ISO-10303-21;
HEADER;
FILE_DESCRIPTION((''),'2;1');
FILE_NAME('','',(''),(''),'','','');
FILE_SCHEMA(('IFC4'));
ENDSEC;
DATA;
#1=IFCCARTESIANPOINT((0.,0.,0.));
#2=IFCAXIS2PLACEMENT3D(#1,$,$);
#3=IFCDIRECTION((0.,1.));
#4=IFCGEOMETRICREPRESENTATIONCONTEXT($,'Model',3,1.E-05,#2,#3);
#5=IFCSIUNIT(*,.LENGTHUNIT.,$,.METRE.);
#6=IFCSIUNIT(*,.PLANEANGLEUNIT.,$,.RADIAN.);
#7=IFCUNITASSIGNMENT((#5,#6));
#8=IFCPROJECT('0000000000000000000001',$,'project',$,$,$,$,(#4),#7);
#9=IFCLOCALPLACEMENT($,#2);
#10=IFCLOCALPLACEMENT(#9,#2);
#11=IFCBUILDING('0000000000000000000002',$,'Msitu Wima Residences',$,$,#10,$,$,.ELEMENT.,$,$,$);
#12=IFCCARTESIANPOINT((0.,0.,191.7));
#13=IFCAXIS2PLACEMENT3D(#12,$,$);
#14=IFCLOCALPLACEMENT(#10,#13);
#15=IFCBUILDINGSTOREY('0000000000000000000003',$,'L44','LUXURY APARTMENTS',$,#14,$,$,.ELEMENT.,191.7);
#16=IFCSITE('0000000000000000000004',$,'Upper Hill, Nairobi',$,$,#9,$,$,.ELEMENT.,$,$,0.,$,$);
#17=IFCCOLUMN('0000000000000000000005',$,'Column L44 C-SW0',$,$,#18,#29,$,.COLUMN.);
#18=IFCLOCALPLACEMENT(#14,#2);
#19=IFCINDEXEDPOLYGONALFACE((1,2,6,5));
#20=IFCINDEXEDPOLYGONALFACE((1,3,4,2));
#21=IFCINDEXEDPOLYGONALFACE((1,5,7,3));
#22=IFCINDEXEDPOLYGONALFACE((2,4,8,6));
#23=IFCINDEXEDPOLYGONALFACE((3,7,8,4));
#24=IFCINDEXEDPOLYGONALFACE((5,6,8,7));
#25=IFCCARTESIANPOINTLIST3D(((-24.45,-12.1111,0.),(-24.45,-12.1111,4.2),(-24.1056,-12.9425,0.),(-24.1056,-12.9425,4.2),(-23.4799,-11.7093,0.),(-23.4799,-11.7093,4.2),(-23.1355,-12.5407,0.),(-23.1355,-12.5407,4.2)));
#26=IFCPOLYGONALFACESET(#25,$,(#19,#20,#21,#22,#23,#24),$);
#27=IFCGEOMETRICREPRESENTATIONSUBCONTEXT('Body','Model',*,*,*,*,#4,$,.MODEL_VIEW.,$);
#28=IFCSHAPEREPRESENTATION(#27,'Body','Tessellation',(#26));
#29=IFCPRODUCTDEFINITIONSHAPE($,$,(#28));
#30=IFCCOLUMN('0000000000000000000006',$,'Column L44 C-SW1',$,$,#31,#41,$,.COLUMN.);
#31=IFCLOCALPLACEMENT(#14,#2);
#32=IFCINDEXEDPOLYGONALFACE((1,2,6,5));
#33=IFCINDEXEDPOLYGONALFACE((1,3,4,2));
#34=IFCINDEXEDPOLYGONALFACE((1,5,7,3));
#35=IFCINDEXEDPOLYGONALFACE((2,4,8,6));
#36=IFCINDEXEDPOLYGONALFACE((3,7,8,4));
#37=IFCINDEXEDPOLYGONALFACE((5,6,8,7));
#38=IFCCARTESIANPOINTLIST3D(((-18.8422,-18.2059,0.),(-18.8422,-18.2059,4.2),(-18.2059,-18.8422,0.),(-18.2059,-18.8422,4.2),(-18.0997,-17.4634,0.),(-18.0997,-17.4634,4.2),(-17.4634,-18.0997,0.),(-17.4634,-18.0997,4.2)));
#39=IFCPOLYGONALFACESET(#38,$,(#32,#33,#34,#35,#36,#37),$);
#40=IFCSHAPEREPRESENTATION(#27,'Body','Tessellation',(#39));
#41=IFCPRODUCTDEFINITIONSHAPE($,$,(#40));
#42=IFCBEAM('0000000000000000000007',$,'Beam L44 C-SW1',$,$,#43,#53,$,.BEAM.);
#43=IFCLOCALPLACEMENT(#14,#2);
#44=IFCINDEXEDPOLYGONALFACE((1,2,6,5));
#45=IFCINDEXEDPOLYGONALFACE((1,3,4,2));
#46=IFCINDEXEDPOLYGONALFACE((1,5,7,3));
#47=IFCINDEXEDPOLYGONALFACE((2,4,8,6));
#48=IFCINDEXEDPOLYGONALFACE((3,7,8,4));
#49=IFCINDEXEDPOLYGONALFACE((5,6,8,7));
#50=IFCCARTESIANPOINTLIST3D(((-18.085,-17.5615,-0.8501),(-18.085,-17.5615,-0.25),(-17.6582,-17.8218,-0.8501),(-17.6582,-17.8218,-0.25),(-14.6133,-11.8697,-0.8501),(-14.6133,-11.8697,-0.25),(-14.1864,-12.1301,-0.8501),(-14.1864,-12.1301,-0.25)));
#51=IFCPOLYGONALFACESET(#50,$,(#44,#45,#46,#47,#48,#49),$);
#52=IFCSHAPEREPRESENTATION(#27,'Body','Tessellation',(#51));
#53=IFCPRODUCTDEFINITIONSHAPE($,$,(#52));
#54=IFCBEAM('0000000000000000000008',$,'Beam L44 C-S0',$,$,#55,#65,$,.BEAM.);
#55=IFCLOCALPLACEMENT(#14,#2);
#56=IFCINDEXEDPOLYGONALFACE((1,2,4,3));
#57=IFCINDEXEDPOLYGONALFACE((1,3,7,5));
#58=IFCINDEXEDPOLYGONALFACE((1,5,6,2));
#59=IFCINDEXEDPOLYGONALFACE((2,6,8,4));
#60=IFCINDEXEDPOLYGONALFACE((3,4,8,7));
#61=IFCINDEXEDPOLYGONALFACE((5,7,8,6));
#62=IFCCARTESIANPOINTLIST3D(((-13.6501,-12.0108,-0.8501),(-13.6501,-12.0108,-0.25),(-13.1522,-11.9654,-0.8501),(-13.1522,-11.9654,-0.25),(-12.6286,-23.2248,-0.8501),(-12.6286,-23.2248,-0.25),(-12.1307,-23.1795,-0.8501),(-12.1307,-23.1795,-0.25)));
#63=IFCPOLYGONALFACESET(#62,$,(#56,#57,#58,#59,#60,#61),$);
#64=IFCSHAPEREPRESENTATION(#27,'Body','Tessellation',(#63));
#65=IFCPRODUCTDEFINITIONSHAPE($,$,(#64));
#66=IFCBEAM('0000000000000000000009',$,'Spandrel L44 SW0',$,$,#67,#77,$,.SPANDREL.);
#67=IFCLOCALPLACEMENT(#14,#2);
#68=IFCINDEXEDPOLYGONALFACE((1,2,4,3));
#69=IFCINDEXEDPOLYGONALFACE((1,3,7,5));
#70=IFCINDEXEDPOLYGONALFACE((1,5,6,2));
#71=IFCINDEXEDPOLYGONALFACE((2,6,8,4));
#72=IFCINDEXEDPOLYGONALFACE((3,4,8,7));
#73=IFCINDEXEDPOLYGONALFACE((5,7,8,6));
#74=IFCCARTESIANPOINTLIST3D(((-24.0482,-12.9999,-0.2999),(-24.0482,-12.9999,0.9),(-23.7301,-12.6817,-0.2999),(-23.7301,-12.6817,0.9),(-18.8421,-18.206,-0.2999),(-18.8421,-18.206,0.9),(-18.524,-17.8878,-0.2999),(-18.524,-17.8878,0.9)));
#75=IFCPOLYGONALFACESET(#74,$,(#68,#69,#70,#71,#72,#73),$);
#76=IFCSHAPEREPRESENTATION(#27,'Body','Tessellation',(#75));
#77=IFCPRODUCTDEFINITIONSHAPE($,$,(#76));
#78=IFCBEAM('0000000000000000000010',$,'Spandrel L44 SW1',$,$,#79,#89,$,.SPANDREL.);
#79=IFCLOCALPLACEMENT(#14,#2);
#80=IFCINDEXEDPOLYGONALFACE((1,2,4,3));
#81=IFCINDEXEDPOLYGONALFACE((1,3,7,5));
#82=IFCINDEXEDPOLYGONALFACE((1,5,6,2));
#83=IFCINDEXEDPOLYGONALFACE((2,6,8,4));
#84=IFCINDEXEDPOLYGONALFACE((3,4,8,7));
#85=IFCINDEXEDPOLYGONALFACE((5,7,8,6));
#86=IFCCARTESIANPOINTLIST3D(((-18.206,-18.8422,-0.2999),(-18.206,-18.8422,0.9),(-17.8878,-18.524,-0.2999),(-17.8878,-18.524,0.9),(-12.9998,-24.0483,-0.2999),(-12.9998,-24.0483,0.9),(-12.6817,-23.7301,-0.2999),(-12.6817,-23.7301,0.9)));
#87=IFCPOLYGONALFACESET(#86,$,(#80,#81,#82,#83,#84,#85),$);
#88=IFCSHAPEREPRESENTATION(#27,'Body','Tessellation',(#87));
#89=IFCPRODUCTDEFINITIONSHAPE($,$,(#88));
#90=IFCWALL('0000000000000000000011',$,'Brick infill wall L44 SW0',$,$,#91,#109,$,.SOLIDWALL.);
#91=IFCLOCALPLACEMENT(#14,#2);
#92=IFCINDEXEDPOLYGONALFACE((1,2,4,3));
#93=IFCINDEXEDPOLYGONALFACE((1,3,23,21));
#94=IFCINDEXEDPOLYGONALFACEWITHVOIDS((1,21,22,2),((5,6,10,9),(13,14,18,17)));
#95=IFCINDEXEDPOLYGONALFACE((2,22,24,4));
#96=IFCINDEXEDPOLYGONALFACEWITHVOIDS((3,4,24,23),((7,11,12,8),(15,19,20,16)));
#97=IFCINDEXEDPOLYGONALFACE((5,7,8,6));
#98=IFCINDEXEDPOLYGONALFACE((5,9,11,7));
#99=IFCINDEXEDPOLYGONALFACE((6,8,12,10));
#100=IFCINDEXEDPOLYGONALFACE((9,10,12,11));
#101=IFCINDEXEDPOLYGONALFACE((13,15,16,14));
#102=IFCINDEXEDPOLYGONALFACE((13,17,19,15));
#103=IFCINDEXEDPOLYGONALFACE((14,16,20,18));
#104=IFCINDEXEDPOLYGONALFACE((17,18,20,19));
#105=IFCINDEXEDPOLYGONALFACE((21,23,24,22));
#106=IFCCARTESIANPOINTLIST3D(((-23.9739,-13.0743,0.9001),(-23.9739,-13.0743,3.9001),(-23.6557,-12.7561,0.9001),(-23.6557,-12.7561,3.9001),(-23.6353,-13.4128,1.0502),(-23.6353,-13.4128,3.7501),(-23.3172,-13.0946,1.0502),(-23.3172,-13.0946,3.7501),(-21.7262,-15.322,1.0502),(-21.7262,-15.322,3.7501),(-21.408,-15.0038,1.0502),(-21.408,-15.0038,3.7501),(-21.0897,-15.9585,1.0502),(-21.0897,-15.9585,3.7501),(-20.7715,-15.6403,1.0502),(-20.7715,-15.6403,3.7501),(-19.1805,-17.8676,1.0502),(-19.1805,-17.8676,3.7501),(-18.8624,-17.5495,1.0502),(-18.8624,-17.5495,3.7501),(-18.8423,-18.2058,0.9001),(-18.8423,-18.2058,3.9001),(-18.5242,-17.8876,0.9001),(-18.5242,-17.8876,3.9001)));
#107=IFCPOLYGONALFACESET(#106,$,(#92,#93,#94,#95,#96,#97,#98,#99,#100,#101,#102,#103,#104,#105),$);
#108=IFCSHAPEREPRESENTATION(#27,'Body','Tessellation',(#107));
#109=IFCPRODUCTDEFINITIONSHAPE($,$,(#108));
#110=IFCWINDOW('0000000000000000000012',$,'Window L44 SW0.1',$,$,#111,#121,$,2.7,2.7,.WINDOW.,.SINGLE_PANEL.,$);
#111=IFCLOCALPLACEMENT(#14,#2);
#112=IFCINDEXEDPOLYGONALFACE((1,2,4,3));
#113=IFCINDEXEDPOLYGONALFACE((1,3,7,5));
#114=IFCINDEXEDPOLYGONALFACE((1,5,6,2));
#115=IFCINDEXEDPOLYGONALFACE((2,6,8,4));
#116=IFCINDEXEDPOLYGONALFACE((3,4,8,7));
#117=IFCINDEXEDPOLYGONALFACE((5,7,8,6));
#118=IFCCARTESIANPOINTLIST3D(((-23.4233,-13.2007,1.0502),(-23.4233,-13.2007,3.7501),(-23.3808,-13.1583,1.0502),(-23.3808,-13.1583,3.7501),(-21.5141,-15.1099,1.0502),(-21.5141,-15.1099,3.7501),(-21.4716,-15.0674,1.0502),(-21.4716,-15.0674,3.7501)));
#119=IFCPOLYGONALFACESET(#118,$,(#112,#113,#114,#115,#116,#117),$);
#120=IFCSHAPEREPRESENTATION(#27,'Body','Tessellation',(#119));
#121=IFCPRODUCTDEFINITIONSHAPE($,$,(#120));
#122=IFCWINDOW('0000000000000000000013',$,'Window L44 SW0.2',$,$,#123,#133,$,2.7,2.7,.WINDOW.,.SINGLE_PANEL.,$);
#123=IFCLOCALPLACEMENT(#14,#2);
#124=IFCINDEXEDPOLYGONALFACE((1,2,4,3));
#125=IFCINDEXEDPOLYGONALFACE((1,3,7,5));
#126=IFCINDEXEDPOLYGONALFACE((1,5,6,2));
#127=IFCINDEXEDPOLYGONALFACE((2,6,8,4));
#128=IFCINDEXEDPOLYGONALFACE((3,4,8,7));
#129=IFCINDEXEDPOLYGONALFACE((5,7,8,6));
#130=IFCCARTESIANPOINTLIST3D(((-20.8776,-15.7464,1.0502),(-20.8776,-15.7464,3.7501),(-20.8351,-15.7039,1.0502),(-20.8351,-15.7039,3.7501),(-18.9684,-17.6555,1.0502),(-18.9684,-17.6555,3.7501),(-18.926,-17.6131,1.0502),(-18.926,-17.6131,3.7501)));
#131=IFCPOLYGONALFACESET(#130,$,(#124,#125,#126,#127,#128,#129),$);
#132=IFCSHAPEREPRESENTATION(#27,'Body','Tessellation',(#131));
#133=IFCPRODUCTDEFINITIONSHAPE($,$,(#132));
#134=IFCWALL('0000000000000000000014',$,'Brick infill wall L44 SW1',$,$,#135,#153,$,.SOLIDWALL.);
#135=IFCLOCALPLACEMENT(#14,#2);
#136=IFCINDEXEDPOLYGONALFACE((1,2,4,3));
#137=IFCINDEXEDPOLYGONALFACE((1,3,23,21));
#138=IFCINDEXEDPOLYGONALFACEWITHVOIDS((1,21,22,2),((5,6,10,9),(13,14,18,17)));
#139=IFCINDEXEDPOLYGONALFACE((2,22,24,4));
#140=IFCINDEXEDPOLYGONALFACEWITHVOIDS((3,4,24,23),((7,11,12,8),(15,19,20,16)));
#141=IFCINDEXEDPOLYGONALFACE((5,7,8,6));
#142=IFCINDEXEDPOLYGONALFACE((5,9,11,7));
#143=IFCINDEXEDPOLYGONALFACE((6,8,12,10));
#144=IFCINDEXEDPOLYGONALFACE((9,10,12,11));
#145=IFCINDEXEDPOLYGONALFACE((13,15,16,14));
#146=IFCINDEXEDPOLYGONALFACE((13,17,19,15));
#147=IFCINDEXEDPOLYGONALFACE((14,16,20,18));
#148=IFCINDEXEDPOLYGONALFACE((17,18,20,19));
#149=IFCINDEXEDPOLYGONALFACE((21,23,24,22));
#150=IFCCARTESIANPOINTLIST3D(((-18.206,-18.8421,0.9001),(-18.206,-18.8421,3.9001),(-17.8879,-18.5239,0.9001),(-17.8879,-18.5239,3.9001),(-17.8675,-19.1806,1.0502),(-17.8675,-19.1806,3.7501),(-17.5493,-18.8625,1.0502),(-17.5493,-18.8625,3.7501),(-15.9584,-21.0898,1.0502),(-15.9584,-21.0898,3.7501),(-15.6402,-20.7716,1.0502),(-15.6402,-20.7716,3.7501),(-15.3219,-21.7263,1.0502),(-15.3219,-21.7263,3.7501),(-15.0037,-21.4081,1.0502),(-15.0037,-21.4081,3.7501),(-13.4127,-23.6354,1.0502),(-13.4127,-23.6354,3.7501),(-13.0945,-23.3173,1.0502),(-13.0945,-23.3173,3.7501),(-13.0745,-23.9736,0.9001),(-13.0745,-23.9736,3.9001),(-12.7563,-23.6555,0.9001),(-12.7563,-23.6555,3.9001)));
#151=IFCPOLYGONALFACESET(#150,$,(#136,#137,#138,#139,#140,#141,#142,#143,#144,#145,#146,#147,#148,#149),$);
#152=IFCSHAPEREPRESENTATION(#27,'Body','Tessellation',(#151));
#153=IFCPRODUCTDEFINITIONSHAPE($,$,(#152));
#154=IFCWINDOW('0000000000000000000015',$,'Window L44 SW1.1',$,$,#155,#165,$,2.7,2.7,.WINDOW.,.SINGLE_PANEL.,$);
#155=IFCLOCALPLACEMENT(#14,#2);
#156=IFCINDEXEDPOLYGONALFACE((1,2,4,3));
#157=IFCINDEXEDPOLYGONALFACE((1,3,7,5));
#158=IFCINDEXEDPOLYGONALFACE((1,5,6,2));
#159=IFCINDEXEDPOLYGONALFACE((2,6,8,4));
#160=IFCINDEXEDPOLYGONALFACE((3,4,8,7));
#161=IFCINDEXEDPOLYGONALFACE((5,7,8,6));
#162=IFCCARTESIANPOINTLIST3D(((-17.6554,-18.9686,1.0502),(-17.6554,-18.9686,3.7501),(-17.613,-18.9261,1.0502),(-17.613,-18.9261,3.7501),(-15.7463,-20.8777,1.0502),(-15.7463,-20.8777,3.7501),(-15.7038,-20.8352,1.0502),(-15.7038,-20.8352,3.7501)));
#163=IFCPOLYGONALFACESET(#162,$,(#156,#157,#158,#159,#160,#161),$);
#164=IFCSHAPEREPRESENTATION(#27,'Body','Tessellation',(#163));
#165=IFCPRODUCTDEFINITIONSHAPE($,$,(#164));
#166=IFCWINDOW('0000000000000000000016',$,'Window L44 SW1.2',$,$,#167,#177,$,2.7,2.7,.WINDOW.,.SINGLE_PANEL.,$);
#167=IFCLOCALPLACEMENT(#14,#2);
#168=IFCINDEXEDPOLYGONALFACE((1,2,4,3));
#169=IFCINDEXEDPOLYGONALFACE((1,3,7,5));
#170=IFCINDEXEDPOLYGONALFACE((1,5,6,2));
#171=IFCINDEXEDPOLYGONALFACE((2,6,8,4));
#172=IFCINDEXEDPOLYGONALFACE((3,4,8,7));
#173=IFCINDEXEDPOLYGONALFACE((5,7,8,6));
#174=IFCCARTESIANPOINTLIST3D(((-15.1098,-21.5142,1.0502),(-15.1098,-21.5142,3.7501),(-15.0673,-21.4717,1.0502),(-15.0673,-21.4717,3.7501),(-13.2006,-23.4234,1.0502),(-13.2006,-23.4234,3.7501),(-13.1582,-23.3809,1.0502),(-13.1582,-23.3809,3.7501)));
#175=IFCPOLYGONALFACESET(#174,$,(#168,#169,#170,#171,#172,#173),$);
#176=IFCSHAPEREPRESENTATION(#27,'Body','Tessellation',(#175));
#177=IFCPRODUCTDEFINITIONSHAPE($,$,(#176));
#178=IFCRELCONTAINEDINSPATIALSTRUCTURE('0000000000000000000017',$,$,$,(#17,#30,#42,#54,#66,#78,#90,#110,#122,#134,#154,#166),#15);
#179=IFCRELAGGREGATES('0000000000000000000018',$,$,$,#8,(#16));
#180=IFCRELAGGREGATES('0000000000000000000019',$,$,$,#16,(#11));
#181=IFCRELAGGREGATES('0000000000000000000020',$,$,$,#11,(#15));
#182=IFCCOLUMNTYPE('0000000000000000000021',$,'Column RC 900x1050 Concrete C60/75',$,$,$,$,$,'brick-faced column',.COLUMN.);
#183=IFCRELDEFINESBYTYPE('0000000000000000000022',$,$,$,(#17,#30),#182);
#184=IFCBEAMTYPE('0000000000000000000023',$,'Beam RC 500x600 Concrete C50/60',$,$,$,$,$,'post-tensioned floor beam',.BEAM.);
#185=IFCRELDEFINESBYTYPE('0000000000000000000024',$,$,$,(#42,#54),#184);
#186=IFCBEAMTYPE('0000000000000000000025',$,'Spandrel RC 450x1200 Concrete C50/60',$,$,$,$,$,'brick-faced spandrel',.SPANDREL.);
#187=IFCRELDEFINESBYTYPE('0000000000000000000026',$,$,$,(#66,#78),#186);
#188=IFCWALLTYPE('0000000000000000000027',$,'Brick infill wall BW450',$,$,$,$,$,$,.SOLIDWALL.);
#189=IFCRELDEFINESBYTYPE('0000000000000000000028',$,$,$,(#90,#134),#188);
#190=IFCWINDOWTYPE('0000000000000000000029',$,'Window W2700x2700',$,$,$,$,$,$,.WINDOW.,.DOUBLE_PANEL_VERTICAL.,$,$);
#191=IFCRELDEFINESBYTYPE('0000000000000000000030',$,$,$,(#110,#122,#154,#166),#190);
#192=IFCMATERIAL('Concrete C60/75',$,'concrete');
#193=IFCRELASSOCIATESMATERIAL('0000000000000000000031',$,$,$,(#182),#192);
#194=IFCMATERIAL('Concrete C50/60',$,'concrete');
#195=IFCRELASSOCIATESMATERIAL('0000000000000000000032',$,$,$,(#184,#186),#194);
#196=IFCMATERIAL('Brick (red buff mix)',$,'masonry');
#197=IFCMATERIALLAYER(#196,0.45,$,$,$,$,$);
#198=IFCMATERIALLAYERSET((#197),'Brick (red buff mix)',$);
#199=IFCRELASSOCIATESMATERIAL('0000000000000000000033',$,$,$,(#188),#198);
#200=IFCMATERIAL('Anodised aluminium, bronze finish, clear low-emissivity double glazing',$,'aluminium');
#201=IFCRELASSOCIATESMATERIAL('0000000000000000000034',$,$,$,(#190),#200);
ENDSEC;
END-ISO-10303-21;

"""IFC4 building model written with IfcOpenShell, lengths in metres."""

from ifc_helpers import new_model, si_unit, direction, frame, frame_2d, origin, origin_2d, place, context, subcontext, project, spatial, rectangle, extrude, material, layer, layer_set, material_profile, profile_set, type_object, element, fill, save


model = new_model("IFC4")

# Units and contexts
model_context = context("Model", 3, precision=1e-05, world=origin(), true_north=direction((0.0, 1.0)))
body_context = subcontext(model_context, "Body", "Model", "MODEL_VIEW")
ifc_project = project(units=[si_unit("LENGTHUNIT", "METRE"), si_unit("PLANEANGLEUNIT", "RADIAN")], contexts=[model_context])

# Site, building, storey
site_placement = place(None, origin())
site = spatial("IfcSite", under=ifc_project, at=site_placement, Name="Upper Hill, Nairobi", CompositionType="ELEMENT", RefElevation=0.0)
building_placement = place(site_placement, origin())
building = spatial("IfcBuilding", under=site, at=building_placement, Name="Msitu Wima Residences", CompositionType="ELEMENT")
storey_placement = place(building_placement, frame((0.0, 0.0, 191.7)))
storey = spatial("IfcBuildingStorey", under=building, at=storey_placement, Name="L44", Description="LUXURY APARTMENTS", CompositionType="ELEMENT", Elevation=191.7)

# Columns
ifc_material_1 = material(Name="Concrete C60/75", Category="concrete")
ifc_material_profile_1 = material_profile(ifc_material_1, rectangle(XDim=0.8999, YDim=1.05, at=origin_2d()), Name="RC 900x1050")
ifc_profile_set_1 = profile_set([ifc_material_profile_1], Name="Concrete C60/75")
column_type = type_object("IfcColumnType", Name="Column RC 900x1050 Concrete C60/75", ElementType="brick-faced column", PredefinedType="COLUMN", material=ifc_profile_set_1)
for number, where, z_axis, x_axis, name in (
    (1, (-23.7927, -12.3259, 0.0), (0.0, 0.0, 1.0), (0.382683, -0.92388, 0.0), "Column L44 C-SW0"),
    (2, (-18.1528, -18.1528, 0.0), (0.0, 0.0, 1.0), (0.707107, -0.707107, 0.0), "Column L44 C-SW1"),
):
    element("IfcColumn", number, at=place(storey_placement, frame(where, z_axis=z_axis, x_axis=x_axis)), inside=storey, type_object=column_type, Name=name, PredefinedType="COLUMN", context=body_context, shape_type="SweptSolid", body=[
        extrude(rectangle(XDim=0.8999, YDim=1.05, at=origin_2d()), origin(), (0.0, 0.0, 1.0), 4.2),
    ])

# Beams
ifc_material_2 = material(Name="Concrete C50/60", Category="concrete")
ifc_material_profile_2 = material_profile(ifc_material_2, rectangle(XDim=0.5, YDim=0.6001, at=origin_2d()), Name="RC 500x600")
ifc_profile_set_2 = profile_set([ifc_material_profile_2], Name="Concrete C50/60")
beam_type_1 = type_object("IfcBeamType", Name="Beam RC 500x600 Concrete C50/60", ElementType="post-tensioned floor beam", PredefinedType="BEAM", material=ifc_profile_set_2)
beam_1_placement = place(storey_placement, frame((-17.8716, -17.6917, -0.55), z_axis=(0.520734, 0.853719, 0.0), x_axis=(-0.853719, 0.520734, 0.0)))
element("IfcBeam", 3, at=beam_1_placement, inside=storey, type_object=beam_type_1, Name="Beam L44 C-SW1", PredefinedType="BEAM", context=body_context, shape_type="SweptSolid", body=[
    extrude(rectangle(XDim=0.5, YDim=0.6001, at=origin_2d()), origin(), (0.0, 0.0, 1.0), 6.667),
])
beam_2_placement = place(storey_placement, frame((-12.3796, -23.2021, -0.55), z_axis=(-0.090714, 0.995877, 0.0), x_axis=(-0.995877, -0.090714, 0.0)))
element("IfcBeam", 4, at=beam_2_placement, inside=storey, type_object=beam_type_1, Name="Beam L44 C-S0", PredefinedType="BEAM", context=body_context, shape_type="SweptSolid", body=[
    extrude(rectangle(XDim=0.5, YDim=0.6001, at=origin_2d()), origin(), (0.0, 0.0, 1.0), 11.2605),
])
ifc_material_profile_3 = material_profile(ifc_material_2, rectangle(XDim=0.45, YDim=1.2, at=origin_2d()), Name="RC 450x1200")
ifc_profile_set_3 = profile_set([ifc_material_profile_3], Name="Concrete C50/60")
beam_type_2 = type_object("IfcBeamType", Name="Spandrel RC 450x1200 Concrete C50/60", ElementType="brick-faced spandrel", PredefinedType="SPANDREL", material=ifc_profile_set_3)
for number, where, z_axis, x_axis, name in (
    (5, (-23.8892, -12.8408, 0.3), (0.707107, -0.707107, 0.0), (0.707107, 0.707107, 0.0), "Spandrel L44 SW0"),
    (6, (-18.0469, -18.6831, 0.3), (0.707107, -0.707107, 0.0), (0.707107, 0.707107, 0.0), "Spandrel L44 SW1"),
):
    element("IfcBeam", number, at=place(storey_placement, frame(where, z_axis=z_axis, x_axis=x_axis)), inside=storey, type_object=beam_type_2, Name=name, PredefinedType="SPANDREL", context=body_context, shape_type="SweptSolid", body=[
        extrude(rectangle(XDim=0.45, YDim=1.2, at=origin_2d()), origin(), (0.0, 0.0, 1.0), 7.3625),
    ])

# Walls, openings, windows
ifc_material_3 = material(Name="Brick (red buff mix)", Category="masonry")
ifc_layer_1 = layer(ifc_material_3, 0.45)
ifc_layer_set_1 = layer_set([ifc_layer_1], Name="Brick (red buff mix)")
wall_type_1 = type_object("IfcWallType", Name="Brick infill wall BW450", PredefinedType="SOLIDWALL", material=ifc_layer_set_1)
wall_1_placement = place(storey_placement, frame((-23.8147, -12.9153, 0.9001), z_axis=(0.0, 0.0, 1.0), x_axis=(0.707107, -0.707107, 0.0)))
wall_1 = element("IfcWall", 7, at=wall_1_placement, inside=storey, type_object=wall_type_1, Name="Brick infill wall L44 SW0", PredefinedType="SOLIDWALL", context=body_context, shape_type="SweptSolid", body=[
    extrude(rectangle(XDim=7.2571, YDim=0.45, at=frame_2d((3.6284, 0.0))), origin(), (0.0, 0.0, 1.0), 3.0),
])
opening_1_placement = place(wall_1_placement, frame((0.4785, 0.0, 0.1499)))
opening_1 = element("IfcOpeningElement", 8, at=opening_1_placement, cuts=wall_1, PredefinedType="OPENING", context=body_context, shape_type="SweptSolid", body=[
    extrude(rectangle(XDim=2.7, YDim=2.7, at=frame_2d((1.3501, 1.3501))), frame((0.0, 0.2349, 0.0), z_axis=(0.0, -1.0, 0.0), x_axis=(1.0, 0.0, 0.0)), (0.0, 0.0, 1.0), 0.47),
])
opening_2_placement = place(wall_1_placement, frame((4.0786, 0.0, 0.1499)))
opening_2 = element("IfcOpeningElement", 9, at=opening_2_placement, cuts=wall_1, PredefinedType="OPENING", context=body_context, shape_type="SweptSolid", body=[
    extrude(rectangle(XDim=2.7, YDim=2.7, at=frame_2d((1.3501, 1.3501))), frame((0.0, 0.2349, 0.0), z_axis=(0.0, -1.0, 0.0), x_axis=(1.0, 0.0, 0.0)), (0.0, 0.0, 1.0), 0.47),
])
ifc_material_4 = material(Name="Anodised aluminium, bronze finish, clear low-emissivity double glazing", Category="aluminium")
window_type = type_object("IfcWindowType", Name="Window W2700x2700", PartitioningType="DOUBLE_PANEL_VERTICAL", PredefinedType="WINDOW", material=ifc_material_4)
window_1_placement = place(opening_1_placement, origin())
window_1 = element("IfcWindow", 10, at=window_1_placement, inside=storey, type_object=window_type, Name="Window L44 SW0.1", OverallHeight=2.7, OverallWidth=2.7, PartitioningType="SINGLE_PANEL", PredefinedType="WINDOW", context=body_context, shape_type="SweptSolid", body=[
    extrude(rectangle(XDim=2.7, YDim=2.7, at=frame_2d((1.3501, 1.3501))), frame((0.0, 0.135, 0.0), z_axis=(0.0, -1.0, 0.0), x_axis=(1.0, 0.0, 0.0)), (0.0, 0.0, 1.0), 0.0601),
])
fill(opening_1, window_1)
window_2_placement = place(opening_2_placement, origin())
window_2 = element("IfcWindow", 11, at=window_2_placement, inside=storey, type_object=window_type, Name="Window L44 SW0.2", OverallHeight=2.7, OverallWidth=2.7, PartitioningType="SINGLE_PANEL", PredefinedType="WINDOW", context=body_context, shape_type="SweptSolid", body=[
    extrude(rectangle(XDim=2.7, YDim=2.7, at=frame_2d((1.3501, 1.3501))), frame((0.0, 0.135, 0.0), z_axis=(0.0, -1.0, 0.0), x_axis=(1.0, 0.0, 0.0)), (0.0, 0.0, 1.0), 0.0601),
])
fill(opening_2, window_2)
wall_2_placement = place(storey_placement, frame((-18.0469, -18.6831, 0.9001), z_axis=(0.0, 0.0, 1.0), x_axis=(0.707107, -0.707107, 0.0)))
wall_2 = element("IfcWall", 12, at=wall_2_placement, inside=storey, type_object=wall_type_1, Name="Brick infill wall L44 SW1", PredefinedType="SOLIDWALL", context=body_context, shape_type="SweptSolid", body=[
    extrude(rectangle(XDim=7.2571, YDim=0.45, at=frame_2d((3.6284, 0.0))), origin(), (0.0, 0.0, 1.0), 3.0),
])
opening_3_placement = place(wall_2_placement, frame((0.4785, 0.0, 0.1499)))
opening_3 = element("IfcOpeningElement", 13, at=opening_3_placement, cuts=wall_2, PredefinedType="OPENING", context=body_context, shape_type="SweptSolid", body=[
    extrude(rectangle(XDim=2.7, YDim=2.7, at=frame_2d((1.3501, 1.3501))), frame((0.0, 0.2349, 0.0), z_axis=(0.0, -1.0, 0.0), x_axis=(1.0, 0.0, 0.0)), (0.0, 0.0, 1.0), 0.47),
])
opening_4_placement = place(wall_2_placement, frame((4.0786, 0.0, 0.1499)))
opening_4 = element("IfcOpeningElement", 14, at=opening_4_placement, cuts=wall_2, PredefinedType="OPENING", context=body_context, shape_type="SweptSolid", body=[
    extrude(rectangle(XDim=2.7, YDim=2.7, at=frame_2d((1.3501, 1.3501))), frame((0.0, 0.2349, 0.0), z_axis=(0.0, -1.0, 0.0), x_axis=(1.0, 0.0, 0.0)), (0.0, 0.0, 1.0), 0.47),
])
window_3_placement = place(opening_3_placement, origin())
window_3 = element("IfcWindow", 15, at=window_3_placement, inside=storey, type_object=window_type, Name="Window L44 SW1.1", OverallHeight=2.7, OverallWidth=2.7, PartitioningType="SINGLE_PANEL", PredefinedType="WINDOW", context=body_context, shape_type="SweptSolid", body=[
    extrude(rectangle(XDim=2.7, YDim=2.7, at=frame_2d((1.3501, 1.3501))), frame((0.0, 0.135, 0.0), z_axis=(0.0, -1.0, 0.0), x_axis=(1.0, 0.0, 0.0)), (0.0, 0.0, 1.0), 0.0601),
])
fill(opening_3, window_3)
window_4_placement = place(opening_4_placement, origin())
window_4 = element("IfcWindow", 16, at=window_4_placement, inside=storey, type_object=window_type, Name="Window L44 SW1.2", OverallHeight=2.7, OverallWidth=2.7, PartitioningType="SINGLE_PANEL", PredefinedType="WINDOW", context=body_context, shape_type="SweptSolid", body=[
    extrude(rectangle(XDim=2.7, YDim=2.7, at=frame_2d((1.3501, 1.3501))), frame((0.0, 0.135, 0.0), z_axis=(0.0, -1.0, 0.0), x_axis=(1.0, 0.0, 0.0)), (0.0, 0.0, 1.0), 0.0601),
])
fill(opening_4, window_4)

save(model, "model.ifc")
